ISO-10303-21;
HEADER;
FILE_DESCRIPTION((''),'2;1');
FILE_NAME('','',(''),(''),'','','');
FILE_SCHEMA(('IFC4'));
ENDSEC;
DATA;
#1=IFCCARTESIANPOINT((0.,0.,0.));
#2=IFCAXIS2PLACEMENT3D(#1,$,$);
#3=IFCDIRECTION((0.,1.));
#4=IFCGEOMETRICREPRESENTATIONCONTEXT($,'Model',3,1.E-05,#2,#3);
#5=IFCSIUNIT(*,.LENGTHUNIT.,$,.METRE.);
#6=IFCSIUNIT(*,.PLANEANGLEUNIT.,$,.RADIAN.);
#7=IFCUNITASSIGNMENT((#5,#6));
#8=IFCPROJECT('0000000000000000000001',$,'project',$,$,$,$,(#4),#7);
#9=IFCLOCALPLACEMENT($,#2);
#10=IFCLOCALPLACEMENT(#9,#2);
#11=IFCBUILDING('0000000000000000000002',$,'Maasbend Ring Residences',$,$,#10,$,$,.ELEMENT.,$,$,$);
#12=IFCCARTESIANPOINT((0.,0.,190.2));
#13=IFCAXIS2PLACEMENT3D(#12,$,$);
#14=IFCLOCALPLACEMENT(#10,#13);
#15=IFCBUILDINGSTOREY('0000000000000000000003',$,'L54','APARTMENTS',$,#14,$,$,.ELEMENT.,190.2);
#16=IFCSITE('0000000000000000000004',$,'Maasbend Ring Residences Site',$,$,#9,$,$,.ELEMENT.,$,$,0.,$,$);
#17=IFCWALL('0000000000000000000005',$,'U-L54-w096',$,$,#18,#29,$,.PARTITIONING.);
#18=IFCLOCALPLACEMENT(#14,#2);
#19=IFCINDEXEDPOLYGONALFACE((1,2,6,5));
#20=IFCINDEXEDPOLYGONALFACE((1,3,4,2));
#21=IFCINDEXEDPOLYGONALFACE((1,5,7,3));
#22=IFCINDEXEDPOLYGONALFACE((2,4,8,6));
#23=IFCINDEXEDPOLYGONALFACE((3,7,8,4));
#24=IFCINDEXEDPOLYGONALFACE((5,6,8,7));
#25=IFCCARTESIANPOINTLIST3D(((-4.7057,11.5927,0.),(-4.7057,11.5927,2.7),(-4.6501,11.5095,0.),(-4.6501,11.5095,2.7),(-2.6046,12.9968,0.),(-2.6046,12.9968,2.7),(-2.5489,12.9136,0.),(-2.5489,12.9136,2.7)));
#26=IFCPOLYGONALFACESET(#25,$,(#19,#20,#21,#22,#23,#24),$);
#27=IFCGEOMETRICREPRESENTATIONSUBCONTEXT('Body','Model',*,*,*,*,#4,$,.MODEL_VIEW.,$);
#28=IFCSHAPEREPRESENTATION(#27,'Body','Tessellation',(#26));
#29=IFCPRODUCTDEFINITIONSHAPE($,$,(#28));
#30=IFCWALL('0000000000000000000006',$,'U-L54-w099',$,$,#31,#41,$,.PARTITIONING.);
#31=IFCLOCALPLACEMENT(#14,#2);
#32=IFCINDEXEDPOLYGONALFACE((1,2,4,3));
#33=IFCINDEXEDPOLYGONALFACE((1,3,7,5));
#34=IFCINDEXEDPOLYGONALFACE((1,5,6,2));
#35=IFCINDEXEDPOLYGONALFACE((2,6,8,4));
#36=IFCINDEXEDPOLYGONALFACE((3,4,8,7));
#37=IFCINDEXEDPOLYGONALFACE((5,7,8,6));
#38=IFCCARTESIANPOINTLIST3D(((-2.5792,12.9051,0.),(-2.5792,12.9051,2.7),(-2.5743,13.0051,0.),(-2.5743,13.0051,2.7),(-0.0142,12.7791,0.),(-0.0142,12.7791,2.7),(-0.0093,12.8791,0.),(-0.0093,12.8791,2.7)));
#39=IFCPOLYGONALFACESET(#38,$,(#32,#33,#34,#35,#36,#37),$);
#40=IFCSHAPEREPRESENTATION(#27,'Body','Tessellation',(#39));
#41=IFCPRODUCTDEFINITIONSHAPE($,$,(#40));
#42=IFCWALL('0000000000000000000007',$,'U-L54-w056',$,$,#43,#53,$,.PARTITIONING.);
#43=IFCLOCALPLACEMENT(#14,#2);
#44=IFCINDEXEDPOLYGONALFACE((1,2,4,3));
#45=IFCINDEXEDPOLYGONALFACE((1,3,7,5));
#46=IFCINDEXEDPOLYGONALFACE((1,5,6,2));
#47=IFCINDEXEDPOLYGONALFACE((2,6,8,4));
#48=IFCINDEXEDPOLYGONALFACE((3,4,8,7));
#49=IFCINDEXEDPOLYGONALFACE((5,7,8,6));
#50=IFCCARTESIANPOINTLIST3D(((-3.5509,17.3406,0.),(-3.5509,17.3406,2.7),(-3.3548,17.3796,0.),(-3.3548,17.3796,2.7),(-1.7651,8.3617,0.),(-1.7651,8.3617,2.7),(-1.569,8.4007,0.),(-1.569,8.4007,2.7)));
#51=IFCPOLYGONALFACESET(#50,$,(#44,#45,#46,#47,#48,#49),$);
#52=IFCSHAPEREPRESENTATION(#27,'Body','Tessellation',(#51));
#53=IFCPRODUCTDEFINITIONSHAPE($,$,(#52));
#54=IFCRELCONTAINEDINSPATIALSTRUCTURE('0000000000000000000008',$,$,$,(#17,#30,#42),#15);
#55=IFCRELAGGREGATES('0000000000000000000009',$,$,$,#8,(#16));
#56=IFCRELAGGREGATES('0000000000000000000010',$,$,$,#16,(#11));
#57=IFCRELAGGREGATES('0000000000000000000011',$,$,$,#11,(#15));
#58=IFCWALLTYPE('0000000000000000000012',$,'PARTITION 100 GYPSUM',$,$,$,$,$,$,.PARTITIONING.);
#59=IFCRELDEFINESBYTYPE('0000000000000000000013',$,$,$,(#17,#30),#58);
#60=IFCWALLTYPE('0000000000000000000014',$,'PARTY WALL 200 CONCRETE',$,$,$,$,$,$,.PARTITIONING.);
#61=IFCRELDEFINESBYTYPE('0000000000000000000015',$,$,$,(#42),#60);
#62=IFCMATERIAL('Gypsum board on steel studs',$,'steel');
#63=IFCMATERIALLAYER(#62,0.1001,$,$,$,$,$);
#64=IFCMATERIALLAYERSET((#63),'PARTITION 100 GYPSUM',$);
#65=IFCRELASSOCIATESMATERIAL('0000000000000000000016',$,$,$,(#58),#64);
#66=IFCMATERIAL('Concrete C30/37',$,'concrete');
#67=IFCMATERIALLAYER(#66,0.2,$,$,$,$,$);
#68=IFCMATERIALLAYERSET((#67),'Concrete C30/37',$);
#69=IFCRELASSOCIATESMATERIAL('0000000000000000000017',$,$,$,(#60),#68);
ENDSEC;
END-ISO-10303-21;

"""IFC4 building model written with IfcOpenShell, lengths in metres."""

from ifc_helpers import new_model, si_unit, direction, frame, frame_2d, origin, place, context, subcontext, project, spatial, rectangle, extrude, material, layer, layer_set, type_object, element, save


model = new_model("IFC4")

# Units and contexts
model_context = context("Model", 3, precision=1e-05, world=origin(), true_north=direction((0.0, 1.0)))
body_context = subcontext(model_context, "Body", "Model", "MODEL_VIEW")
ifc_project = project(units=[si_unit("LENGTHUNIT", "METRE"), si_unit("PLANEANGLEUNIT", "RADIAN")], contexts=[model_context])

# Site, building, storey
site_placement = place(None, origin())
site = spatial("IfcSite", under=ifc_project, at=site_placement, Name="Maasbend Ring Residences Site", CompositionType="ELEMENT", RefElevation=0.0)
building_placement = place(site_placement, origin())
building = spatial("IfcBuilding", under=site, at=building_placement, Name="Maasbend Ring Residences", CompositionType="ELEMENT")
storey_placement = place(building_placement, frame((0.0, 0.0, 190.2)))
storey = spatial("IfcBuildingStorey", under=building, at=storey_placement, Name="L54", Description="APARTMENTS", CompositionType="ELEMENT", Elevation=190.2)

# Shared definitions
ifc_material_1 = material(Name="Gypsum board on steel studs", Category="steel")
ifc_layer_1 = layer(ifc_material_1, 0.1001)
ifc_layer_set_1 = layer_set([ifc_layer_1], Name="PARTITION 100 GYPSUM")
wall_type_1 = type_object("IfcWallType", Name="PARTITION 100 GYPSUM", PredefinedType="PARTITIONING", material=ifc_layer_set_1)

# Walls
wall_1_placement = place(storey_placement, frame((-4.678, 11.551, 0.0), z_axis=(0.0, 0.0, 1.0), x_axis=(0.83144, 0.555614, 0.0)))
element("IfcWall", 1, at=wall_1_placement, inside=storey, type_object=wall_type_1, Name="U-L54-w096", PredefinedType="PARTITIONING", context=body_context, shape_type="SweptSolid", body=[
    extrude(rectangle(XDim=2.5271, YDim=0.1001, at=frame_2d((1.2637, 0.0))), origin(), (0.0, 0.0, 1.0), 2.7),
])
wall_2_placement = place(storey_placement, frame((-2.5769, 12.9551, 0.0), z_axis=(0.0, 0.0, 1.0), x_axis=(0.998796, -0.049056, 0.0)))
element("IfcWall", 2, at=wall_2_placement, inside=storey, type_object=wall_type_1, Name="U-L54-w099", PredefinedType="PARTITIONING", context=body_context, shape_type="SweptSolid", body=[
    extrude(rectangle(XDim=2.5681, YDim=0.1001, at=frame_2d((1.2842, 0.0))), origin(), (0.0, 0.0, 1.0), 2.7),
])
ifc_material_2 = material(Name="Concrete C30/37", Category="concrete")
ifc_layer_2 = layer(ifc_material_2, 0.2)
ifc_layer_set_2 = layer_set([ifc_layer_2], Name="Concrete C30/37")
wall_type_2 = type_object("IfcWallType", Name="PARTY WALL 200 CONCRETE", PredefinedType="PARTITIONING", material=ifc_layer_set_2)
wall_3_placement = place(storey_placement, frame((-3.4529, 17.3601, 0.0), z_axis=(0.0, 0.0, 1.0), x_axis=(0.195075, -0.980788, 0.0)))
element("IfcWall", 3, at=wall_3_placement, inside=storey, type_object=wall_type_2, Name="U-L54-w056", PredefinedType="PARTITIONING", context=body_context, shape_type="SweptSolid", body=[
    extrude(rectangle(XDim=9.1548, YDim=0.2, at=frame_2d((4.5774, 0.0))), origin(), (0.0, 0.0, 1.0), 2.7),
])

save(model, "model.ifc")
